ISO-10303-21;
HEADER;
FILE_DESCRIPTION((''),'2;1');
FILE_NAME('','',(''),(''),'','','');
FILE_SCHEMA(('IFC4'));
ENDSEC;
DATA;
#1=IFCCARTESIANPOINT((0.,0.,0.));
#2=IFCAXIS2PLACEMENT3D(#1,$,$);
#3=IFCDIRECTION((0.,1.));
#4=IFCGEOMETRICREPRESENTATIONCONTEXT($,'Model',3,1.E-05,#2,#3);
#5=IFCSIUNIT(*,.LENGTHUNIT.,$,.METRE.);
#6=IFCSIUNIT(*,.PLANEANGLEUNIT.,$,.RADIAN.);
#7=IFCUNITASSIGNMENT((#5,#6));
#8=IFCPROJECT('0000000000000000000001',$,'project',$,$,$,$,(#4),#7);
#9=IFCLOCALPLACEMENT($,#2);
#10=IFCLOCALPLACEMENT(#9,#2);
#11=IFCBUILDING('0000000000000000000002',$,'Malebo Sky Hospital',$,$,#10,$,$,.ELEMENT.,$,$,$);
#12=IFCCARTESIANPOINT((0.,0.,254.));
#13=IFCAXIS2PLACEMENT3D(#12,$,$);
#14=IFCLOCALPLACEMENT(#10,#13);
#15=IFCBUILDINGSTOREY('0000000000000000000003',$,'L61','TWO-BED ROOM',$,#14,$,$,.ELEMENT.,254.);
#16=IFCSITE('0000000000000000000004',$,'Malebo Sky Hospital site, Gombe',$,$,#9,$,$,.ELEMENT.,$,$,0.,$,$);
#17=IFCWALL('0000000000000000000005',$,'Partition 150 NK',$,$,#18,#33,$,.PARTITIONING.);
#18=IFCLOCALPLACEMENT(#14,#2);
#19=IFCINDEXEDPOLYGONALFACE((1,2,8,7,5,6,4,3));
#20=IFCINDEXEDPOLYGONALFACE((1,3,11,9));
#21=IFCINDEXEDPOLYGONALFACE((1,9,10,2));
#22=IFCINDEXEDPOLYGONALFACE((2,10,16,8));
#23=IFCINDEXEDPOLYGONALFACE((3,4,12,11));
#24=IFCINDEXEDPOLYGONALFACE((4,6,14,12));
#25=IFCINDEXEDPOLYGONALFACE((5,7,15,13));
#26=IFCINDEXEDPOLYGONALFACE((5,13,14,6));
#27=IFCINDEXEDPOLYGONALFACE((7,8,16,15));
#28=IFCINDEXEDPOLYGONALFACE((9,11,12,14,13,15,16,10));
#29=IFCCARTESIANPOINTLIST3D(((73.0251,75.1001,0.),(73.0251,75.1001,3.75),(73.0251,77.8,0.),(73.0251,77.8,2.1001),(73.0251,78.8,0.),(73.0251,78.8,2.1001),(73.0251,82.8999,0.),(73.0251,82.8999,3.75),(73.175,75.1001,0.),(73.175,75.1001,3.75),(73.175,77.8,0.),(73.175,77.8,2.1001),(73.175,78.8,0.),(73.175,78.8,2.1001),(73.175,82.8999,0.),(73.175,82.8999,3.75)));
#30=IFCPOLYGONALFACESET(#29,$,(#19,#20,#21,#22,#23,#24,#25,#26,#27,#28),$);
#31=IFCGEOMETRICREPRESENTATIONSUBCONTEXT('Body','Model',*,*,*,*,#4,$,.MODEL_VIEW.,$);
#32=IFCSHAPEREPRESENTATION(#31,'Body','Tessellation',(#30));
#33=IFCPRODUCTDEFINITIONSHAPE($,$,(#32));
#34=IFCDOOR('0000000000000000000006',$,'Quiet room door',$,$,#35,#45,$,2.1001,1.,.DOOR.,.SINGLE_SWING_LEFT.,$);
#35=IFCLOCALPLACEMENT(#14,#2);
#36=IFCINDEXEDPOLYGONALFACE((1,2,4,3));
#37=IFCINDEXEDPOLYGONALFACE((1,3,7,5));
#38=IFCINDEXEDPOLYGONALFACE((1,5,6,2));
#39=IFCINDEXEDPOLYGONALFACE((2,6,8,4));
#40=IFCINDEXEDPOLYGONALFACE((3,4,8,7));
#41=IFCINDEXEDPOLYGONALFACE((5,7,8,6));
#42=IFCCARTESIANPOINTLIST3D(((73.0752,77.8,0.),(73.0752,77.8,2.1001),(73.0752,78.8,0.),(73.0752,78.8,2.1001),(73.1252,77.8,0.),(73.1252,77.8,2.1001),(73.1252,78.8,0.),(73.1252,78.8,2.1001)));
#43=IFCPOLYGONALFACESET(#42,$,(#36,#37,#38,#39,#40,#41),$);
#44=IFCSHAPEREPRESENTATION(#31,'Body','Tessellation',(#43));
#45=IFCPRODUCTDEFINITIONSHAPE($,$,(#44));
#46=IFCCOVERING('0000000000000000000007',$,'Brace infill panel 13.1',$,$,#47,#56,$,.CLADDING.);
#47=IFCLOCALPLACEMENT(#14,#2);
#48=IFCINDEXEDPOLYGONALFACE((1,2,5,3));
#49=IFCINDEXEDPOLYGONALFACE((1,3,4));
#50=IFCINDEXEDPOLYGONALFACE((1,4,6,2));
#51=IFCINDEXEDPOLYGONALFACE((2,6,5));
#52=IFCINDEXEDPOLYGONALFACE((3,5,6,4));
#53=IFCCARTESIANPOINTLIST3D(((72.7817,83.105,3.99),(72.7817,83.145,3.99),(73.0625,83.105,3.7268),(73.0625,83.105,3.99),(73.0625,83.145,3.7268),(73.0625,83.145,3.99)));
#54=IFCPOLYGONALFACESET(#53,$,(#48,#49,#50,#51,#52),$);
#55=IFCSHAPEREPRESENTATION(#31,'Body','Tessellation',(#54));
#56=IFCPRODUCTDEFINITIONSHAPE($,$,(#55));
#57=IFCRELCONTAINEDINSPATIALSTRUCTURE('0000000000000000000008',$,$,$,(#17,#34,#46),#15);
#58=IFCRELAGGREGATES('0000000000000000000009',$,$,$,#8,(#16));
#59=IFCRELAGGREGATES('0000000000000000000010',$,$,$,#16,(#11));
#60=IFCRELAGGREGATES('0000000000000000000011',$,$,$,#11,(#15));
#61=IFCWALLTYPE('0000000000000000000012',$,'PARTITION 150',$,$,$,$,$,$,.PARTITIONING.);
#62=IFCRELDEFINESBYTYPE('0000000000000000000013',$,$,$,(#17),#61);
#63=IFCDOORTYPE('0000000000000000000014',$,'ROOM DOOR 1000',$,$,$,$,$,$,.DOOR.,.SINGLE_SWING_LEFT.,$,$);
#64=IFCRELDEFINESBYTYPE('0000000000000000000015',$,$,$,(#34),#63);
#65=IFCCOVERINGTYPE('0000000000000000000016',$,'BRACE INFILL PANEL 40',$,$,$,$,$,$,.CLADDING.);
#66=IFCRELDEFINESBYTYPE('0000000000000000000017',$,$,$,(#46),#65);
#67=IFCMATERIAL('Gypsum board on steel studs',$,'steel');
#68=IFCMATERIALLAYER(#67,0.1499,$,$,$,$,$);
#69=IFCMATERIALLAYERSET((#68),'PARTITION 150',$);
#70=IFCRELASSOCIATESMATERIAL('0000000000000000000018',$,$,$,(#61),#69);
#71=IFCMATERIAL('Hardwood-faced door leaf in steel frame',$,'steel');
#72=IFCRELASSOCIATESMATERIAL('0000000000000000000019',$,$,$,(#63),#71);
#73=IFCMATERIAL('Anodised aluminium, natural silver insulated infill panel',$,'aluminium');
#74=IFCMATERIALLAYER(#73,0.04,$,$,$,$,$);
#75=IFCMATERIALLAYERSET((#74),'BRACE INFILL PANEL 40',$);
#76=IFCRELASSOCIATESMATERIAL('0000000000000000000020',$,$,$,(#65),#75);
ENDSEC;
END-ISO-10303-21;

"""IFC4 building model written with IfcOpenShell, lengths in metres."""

from ifc_helpers import new_model, si_unit, direction, frame, frame_2d, origin, place, context, subcontext, project, spatial, polyline, rectangle, outline, extrude, material, layer, layer_set, type_object, element, fill, save


model = new_model("IFC4")

# Units and contexts
model_context = context("Model", 3, precision=1e-05, world=origin(), true_north=direction((0.0, 1.0)))
body_context = subcontext(model_context, "Body", "Model", "MODEL_VIEW")
ifc_project = project(units=[si_unit("LENGTHUNIT", "METRE"), si_unit("PLANEANGLEUNIT", "RADIAN")], contexts=[model_context])

# Site, building, storey
site_placement = place(None, origin())
site = spatial("IfcSite", under=ifc_project, at=site_placement, Name="Malebo Sky Hospital site, Gombe", CompositionType="ELEMENT", RefElevation=0.0)
building_placement = place(site_placement, origin())
building = spatial("IfcBuilding", under=site, at=building_placement, Name="Malebo Sky Hospital", CompositionType="ELEMENT")
storey_placement = place(building_placement, frame((0.0, 0.0, 254.0)))
storey = spatial("IfcBuildingStorey", under=building, at=storey_placement, Name="L61", Description="TWO-BED ROOM", CompositionType="ELEMENT", Elevation=254.0)

# Shared definitions
ifc_material_1 = material(Name="Gypsum board on steel studs", Category="steel")
ifc_layer_1 = layer(ifc_material_1, 0.1499)
ifc_layer_set_1 = layer_set([ifc_layer_1], Name="PARTITION 150")
wall_type = type_object("IfcWallType", Name="PARTITION 150", PredefinedType="PARTITIONING", material=ifc_layer_set_1)

# Wall, opening, door
wall_1_placement = place(storey_placement, frame((73.1001, 75.1001, 0.0), z_axis=(0.0, 0.0, 1.0), x_axis=(0.0, 1.0, 0.0)))
wall_1 = element("IfcWall", 1, at=wall_1_placement, inside=storey, type_object=wall_type, Name="Partition 150 NK", PredefinedType="PARTITIONING", context=body_context, shape_type="SweptSolid", body=[
    extrude(rectangle(XDim=7.7998, YDim=0.1499, at=frame_2d((3.8999, 0.0))), origin(), (0.0, 0.0, 1.0), 3.75),
])
opening_placement = place(wall_1_placement, frame((2.7, 0.0, 0.0)))
opening = element("IfcOpeningElement", 2, at=opening_placement, cuts=wall_1, PredefinedType="OPENING", context=body_context, shape_type="SweptSolid", body=[
    extrude(rectangle(XDim=1.0, YDim=2.1001, at=frame_2d((0.5, 1.05))), frame((0.0, 0.085, 0.0), z_axis=(0.0, -1.0, 0.0), x_axis=(1.0, 0.0, 0.0)), (0.0, 0.0, 1.0), 0.1699),
])
ifc_material_2 = material(Name="Hardwood-faced door leaf in steel frame", Category="steel")
door_type = type_object("IfcDoorType", Name="ROOM DOOR 1000", OperationType="SINGLE_SWING_LEFT", PredefinedType="DOOR", material=ifc_material_2)
door_placement = place(opening_placement, origin())
door = element("IfcDoor", 3, at=door_placement, inside=storey, type_object=door_type, Name="Quiet room door", OperationType="SINGLE_SWING_LEFT", OverallHeight=2.1001, OverallWidth=1.0, PredefinedType="DOOR", context=body_context, shape_type="SweptSolid", body=[
    extrude(rectangle(XDim=1.0, YDim=2.1001, at=frame_2d((0.5, 1.05))), frame((0.0, 0.0249, 0.0), z_axis=(0.0, -1.0, 0.0), x_axis=(1.0, 0.0, 0.0)), (0.0, 0.0, 1.0), 0.05),
])
fill(opening, door)

# Covering
ifc_material_3 = material(Name="Anodised aluminium, natural silver insulated infill panel", Category="aluminium")
ifc_layer_2 = layer(ifc_material_3, 0.04)
ifc_layer_set_2 = layer_set([ifc_layer_2], Name="BRACE INFILL PANEL 40")
covering_type = type_object("IfcCoveringType", Name="BRACE INFILL PANEL 40", PredefinedType="CLADDING", material=ifc_layer_set_2)
covering_placement = place(storey_placement, frame((72.9221, 83.125, 3.7268), z_axis=(0.0, 0.0, 1.0), x_axis=(1.0, 0.0, 0.0)))
element("IfcCovering", 4, at=covering_placement, inside=storey, type_object=covering_type, Name="Brace infill panel 13.1", PredefinedType="CLADDING", context=body_context, shape_type="SweptSolid", body=[
    extrude(outline(polyline([(0.1404, 0.0), (0.1404, 0.2632), (-0.1404, 0.2632), (0.1404, 0.0)])), frame((0.0, 0.02, 0.0), z_axis=(0.0, -1.0, 0.0), x_axis=(1.0, 0.0, 0.0)), (0.0, 0.0, 1.0), 0.04),
])

save(model, "model.ifc")
